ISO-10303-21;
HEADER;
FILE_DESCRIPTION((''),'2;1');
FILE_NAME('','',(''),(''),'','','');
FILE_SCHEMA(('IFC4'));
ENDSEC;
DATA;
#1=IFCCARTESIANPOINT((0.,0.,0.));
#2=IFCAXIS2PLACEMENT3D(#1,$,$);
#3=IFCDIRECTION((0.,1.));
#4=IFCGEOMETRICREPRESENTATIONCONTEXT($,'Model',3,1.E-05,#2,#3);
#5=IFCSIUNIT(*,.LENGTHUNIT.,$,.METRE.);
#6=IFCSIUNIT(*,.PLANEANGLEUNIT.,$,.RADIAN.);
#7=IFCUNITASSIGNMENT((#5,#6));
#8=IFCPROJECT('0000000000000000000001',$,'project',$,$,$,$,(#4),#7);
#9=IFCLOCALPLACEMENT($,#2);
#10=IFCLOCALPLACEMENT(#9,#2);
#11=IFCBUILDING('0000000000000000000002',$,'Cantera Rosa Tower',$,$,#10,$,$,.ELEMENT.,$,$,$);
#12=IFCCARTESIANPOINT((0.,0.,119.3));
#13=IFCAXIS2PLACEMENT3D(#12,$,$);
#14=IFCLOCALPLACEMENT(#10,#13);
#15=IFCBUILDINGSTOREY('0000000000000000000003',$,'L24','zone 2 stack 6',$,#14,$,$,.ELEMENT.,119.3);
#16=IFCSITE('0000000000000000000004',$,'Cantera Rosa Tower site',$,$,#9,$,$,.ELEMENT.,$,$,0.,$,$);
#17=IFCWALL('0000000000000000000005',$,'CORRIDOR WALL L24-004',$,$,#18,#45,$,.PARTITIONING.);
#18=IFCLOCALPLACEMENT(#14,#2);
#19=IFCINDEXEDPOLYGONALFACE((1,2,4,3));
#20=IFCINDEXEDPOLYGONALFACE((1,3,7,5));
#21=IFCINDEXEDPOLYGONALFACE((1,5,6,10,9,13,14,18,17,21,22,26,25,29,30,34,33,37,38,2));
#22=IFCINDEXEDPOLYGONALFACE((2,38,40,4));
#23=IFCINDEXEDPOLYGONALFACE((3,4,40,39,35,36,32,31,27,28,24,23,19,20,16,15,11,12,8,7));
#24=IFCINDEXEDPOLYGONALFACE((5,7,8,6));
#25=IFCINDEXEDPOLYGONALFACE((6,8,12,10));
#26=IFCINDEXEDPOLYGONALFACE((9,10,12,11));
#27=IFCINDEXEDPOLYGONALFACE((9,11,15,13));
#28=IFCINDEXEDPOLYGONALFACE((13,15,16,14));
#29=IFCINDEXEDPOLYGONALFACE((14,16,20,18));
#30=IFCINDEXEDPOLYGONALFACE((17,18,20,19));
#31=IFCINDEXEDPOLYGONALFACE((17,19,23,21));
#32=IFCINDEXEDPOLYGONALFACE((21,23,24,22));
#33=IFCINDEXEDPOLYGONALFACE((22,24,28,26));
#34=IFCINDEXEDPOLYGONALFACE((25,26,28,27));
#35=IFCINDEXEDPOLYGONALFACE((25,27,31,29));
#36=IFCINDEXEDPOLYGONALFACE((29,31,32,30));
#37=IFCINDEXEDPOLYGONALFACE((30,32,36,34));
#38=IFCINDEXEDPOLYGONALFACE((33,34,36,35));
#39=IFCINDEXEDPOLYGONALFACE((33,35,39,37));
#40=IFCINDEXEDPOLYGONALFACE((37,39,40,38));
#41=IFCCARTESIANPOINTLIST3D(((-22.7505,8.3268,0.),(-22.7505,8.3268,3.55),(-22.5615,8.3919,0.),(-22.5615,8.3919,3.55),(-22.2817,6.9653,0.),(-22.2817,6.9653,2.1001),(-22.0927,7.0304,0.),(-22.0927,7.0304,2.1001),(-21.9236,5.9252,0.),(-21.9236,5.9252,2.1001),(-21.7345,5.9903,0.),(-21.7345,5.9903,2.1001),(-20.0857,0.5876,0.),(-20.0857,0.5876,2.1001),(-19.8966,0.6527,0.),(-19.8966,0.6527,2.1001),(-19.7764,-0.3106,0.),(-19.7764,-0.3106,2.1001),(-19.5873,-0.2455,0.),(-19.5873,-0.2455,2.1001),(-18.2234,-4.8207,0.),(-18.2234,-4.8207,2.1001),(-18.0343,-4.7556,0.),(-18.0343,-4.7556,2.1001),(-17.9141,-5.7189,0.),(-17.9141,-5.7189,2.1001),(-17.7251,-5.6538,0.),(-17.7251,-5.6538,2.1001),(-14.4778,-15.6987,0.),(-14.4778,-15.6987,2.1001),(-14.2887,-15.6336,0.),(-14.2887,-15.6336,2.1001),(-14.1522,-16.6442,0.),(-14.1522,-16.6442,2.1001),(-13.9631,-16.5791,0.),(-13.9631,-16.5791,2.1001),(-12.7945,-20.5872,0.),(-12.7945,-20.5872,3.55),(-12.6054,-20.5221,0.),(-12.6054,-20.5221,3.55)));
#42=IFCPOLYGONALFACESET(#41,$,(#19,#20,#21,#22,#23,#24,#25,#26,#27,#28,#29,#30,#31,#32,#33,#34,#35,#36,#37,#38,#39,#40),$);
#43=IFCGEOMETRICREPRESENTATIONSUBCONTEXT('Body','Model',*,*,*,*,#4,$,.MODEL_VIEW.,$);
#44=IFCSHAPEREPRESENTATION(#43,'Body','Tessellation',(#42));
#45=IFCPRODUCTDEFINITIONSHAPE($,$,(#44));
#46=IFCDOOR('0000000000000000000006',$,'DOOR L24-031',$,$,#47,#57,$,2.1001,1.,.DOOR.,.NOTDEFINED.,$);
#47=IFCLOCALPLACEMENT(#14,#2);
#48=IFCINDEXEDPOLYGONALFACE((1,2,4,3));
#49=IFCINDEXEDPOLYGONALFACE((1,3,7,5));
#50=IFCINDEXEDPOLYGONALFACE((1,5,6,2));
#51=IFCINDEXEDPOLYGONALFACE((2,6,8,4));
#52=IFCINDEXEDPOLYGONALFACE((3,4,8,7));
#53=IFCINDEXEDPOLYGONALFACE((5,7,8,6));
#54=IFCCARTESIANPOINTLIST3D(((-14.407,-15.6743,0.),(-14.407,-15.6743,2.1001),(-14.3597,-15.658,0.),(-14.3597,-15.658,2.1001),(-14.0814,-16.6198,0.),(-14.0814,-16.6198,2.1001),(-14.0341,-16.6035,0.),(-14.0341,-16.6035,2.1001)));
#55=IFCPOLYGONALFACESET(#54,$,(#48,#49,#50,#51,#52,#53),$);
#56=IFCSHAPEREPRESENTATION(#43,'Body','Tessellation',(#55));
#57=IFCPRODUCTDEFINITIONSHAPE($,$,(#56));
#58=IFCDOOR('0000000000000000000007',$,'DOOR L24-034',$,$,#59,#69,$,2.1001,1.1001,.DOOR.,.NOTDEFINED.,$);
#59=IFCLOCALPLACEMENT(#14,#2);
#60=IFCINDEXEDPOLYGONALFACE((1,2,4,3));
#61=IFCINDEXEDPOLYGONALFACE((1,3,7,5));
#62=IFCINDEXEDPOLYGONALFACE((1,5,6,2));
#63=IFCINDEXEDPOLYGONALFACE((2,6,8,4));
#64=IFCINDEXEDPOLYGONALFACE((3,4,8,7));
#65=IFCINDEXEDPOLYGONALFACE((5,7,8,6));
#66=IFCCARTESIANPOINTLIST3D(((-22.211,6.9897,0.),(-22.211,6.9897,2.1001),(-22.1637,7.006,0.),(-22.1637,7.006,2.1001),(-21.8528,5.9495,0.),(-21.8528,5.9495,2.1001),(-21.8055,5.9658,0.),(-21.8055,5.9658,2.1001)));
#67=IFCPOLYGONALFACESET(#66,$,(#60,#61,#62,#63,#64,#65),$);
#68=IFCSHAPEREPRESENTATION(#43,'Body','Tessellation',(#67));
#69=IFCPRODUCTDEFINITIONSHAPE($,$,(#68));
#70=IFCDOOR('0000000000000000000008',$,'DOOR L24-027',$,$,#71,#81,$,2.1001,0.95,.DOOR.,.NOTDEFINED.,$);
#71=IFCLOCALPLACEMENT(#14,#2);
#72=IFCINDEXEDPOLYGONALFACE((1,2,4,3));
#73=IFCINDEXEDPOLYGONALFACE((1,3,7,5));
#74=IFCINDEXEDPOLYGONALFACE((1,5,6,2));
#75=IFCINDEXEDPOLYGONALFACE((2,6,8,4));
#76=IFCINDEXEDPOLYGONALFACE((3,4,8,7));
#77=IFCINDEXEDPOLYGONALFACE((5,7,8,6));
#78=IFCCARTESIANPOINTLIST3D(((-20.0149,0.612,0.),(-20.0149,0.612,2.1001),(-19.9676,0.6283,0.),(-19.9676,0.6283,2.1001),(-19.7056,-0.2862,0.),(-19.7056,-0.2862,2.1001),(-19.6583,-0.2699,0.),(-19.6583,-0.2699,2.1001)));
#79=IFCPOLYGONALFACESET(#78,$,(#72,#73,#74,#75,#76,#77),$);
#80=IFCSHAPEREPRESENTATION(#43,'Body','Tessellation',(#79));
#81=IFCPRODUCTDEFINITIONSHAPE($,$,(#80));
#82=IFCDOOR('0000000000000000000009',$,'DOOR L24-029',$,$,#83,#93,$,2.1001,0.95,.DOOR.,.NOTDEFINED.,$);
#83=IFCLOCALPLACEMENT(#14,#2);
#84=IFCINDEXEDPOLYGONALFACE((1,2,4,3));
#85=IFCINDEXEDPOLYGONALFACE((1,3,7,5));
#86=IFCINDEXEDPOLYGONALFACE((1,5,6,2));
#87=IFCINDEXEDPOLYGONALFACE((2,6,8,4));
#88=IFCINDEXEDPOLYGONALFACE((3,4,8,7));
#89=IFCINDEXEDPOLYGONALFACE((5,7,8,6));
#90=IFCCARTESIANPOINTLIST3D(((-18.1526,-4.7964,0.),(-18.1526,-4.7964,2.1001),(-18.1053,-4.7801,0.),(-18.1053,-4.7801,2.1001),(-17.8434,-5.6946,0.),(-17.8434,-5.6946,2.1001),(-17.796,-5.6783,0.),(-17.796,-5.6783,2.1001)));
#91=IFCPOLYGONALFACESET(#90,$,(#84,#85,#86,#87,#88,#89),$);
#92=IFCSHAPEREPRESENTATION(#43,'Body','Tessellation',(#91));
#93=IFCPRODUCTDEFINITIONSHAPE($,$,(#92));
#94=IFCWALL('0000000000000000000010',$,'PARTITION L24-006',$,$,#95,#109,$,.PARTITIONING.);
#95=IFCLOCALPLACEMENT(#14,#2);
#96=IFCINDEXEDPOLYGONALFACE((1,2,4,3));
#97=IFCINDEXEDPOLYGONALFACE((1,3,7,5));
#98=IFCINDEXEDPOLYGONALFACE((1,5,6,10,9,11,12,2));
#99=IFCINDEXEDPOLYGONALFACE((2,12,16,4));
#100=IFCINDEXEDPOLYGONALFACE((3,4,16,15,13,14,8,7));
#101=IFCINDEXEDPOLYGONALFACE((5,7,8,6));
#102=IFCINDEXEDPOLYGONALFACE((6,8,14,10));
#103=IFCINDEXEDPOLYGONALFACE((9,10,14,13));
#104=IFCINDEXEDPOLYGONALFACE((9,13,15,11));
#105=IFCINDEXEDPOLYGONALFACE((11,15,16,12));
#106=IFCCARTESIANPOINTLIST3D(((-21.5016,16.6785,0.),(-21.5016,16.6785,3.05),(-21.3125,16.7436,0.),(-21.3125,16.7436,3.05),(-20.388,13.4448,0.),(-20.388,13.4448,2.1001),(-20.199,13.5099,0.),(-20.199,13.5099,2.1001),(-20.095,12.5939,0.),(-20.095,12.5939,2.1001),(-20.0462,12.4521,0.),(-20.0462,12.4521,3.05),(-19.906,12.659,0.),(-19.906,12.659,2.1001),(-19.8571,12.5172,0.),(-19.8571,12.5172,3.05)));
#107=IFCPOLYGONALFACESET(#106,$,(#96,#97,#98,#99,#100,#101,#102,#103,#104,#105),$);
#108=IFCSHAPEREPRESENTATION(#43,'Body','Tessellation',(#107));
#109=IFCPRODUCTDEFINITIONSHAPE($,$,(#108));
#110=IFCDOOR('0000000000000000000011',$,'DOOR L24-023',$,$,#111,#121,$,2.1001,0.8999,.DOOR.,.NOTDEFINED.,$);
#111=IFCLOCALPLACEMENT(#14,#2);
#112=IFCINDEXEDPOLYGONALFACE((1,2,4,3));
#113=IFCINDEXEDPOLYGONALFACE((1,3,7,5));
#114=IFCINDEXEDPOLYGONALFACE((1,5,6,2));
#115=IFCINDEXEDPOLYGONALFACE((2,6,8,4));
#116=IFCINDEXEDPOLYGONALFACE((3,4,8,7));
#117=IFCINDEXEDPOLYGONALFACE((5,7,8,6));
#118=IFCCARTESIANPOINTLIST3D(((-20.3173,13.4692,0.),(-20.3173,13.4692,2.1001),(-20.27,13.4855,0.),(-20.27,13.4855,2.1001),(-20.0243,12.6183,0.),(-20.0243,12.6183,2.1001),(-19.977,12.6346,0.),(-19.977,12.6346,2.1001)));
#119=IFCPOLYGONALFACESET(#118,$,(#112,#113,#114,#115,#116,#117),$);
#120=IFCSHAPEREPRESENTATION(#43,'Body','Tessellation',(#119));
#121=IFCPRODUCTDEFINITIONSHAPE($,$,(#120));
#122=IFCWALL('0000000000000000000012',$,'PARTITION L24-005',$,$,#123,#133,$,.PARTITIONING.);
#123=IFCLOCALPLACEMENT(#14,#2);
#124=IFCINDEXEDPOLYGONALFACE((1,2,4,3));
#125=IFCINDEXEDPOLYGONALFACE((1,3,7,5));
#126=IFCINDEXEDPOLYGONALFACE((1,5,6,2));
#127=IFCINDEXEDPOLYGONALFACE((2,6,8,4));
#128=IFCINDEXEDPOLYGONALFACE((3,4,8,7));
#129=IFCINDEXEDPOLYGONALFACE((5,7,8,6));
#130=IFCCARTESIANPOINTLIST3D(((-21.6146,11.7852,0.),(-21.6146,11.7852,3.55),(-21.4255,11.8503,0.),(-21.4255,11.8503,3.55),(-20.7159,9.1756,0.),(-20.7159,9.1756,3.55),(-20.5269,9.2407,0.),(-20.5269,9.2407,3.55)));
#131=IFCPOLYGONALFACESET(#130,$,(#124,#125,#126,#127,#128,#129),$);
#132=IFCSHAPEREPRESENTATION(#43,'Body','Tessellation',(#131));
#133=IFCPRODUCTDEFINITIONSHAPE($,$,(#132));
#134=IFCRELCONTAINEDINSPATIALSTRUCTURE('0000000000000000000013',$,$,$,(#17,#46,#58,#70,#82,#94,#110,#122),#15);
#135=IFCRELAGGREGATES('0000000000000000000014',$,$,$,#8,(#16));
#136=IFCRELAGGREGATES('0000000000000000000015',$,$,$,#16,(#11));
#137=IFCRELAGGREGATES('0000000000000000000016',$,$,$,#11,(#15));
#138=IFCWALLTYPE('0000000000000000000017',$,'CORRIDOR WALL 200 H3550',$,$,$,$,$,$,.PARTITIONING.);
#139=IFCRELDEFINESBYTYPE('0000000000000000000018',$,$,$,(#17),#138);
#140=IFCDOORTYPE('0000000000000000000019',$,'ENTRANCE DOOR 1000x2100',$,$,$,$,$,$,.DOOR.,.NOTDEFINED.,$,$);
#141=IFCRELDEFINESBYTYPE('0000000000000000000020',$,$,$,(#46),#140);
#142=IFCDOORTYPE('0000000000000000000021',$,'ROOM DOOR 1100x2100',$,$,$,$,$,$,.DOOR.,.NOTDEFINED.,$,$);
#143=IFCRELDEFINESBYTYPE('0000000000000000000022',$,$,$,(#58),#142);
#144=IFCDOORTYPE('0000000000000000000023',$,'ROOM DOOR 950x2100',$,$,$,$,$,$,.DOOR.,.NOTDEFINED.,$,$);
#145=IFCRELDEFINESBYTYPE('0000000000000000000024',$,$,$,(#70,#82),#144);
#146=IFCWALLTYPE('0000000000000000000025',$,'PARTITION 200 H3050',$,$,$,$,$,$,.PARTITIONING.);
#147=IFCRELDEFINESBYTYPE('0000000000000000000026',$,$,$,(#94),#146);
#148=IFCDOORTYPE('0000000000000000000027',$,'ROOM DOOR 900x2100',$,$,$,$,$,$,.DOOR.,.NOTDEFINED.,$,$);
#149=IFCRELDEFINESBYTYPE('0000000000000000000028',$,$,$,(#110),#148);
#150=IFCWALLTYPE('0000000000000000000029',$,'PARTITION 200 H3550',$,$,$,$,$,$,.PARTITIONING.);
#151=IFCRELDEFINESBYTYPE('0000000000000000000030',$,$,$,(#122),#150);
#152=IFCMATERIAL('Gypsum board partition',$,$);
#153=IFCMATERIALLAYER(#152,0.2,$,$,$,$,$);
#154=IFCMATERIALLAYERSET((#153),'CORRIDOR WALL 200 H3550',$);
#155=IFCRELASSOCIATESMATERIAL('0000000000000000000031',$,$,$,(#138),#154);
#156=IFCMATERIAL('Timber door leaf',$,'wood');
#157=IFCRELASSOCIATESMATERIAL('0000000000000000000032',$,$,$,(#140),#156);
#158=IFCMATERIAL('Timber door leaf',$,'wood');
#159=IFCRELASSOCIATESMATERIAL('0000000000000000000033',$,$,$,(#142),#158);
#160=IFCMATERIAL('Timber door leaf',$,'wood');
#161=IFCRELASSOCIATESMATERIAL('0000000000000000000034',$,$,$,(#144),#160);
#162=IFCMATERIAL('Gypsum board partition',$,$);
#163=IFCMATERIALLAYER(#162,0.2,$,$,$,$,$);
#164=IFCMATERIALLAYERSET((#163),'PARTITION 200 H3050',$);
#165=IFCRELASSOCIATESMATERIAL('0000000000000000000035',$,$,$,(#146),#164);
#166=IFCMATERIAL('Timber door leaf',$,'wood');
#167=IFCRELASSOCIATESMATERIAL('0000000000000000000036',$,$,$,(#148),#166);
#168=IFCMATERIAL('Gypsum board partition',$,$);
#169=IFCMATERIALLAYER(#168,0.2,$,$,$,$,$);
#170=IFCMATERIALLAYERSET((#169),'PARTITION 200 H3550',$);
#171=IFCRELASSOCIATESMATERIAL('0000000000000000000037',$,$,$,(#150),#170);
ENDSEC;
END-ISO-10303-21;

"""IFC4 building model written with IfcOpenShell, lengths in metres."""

from ifc_helpers import new_model, si_unit, direction, frame, frame_2d, origin, place, context, subcontext, project, spatial, rectangle, extrude, material, layer, layer_set, type_object, element, fill, save


model = new_model("IFC4")

# Units and contexts
model_context = context("Model", 3, precision=1e-05, world=origin(), true_north=direction((0.0, 1.0)))
body_context = subcontext(model_context, "Body", "Model", "MODEL_VIEW")
ifc_project = project(units=[si_unit("LENGTHUNIT", "METRE"), si_unit("PLANEANGLEUNIT", "RADIAN")], contexts=[model_context])

# Site, building, storey
site_placement = place(None, origin())
site = spatial("IfcSite", under=ifc_project, at=site_placement, Name="Cantera Rosa Tower site", CompositionType="ELEMENT", RefElevation=0.0)
building_placement = place(site_placement, origin())
building = spatial("IfcBuilding", under=site, at=building_placement, Name="Cantera Rosa Tower", CompositionType="ELEMENT")
storey_placement = place(building_placement, frame((0.0, 0.0, 119.3)))
storey = spatial("IfcBuildingStorey", under=building, at=storey_placement, Name="L24", Description="zone 2 stack 6", CompositionType="ELEMENT", Elevation=119.3)

# Wall, openings, doors
ifc_material_1 = material(Name="Gypsum board partition")
ifc_layer_1 = layer(ifc_material_1, 0.2)
ifc_layer_set_1 = layer_set([ifc_layer_1], Name="CORRIDOR WALL 200 H3550")
wall_type_1 = type_object("IfcWallType", Name="CORRIDOR WALL 200 H3550", PredefinedType="PARTITIONING", material=ifc_layer_set_1)
wall_1_placement = place(storey_placement, frame((-22.656, 8.3594, 0.0), z_axis=(0.0, 0.0, 1.0), x_axis=(0.325572, -0.945517, 0.0)))
wall_1 = element("IfcWall", 1, at=wall_1_placement, inside=storey, type_object=wall_type_1, Name="CORRIDOR WALL L24-004", PredefinedType="PARTITIONING", context=body_context, shape_type="SweptSolid", body=[
    extrude(rectangle(XDim=30.5801, YDim=0.2, at=frame_2d((15.29, 0.0))), origin(), (0.0, 0.0, 1.0), 3.55),
])
opening_1_placement = place(wall_1_placement, frame((8.1851, 0.0, 0.0)))
opening_1 = element("IfcOpeningElement", 2, at=opening_1_placement, cuts=wall_1, PredefinedType="OPENING", context=body_context, shape_type="SweptSolid", body=[
    extrude(rectangle(XDim=0.95, YDim=2.1001, at=frame_2d((0.4751, 1.05))), frame((0.0, 0.1099, 0.0), z_axis=(0.0, -1.0, 0.0), x_axis=(1.0, 0.0, 0.0)), (0.0, 0.0, 1.0), 0.22),
])
opening_2_placement = place(wall_1_placement, frame((13.905, 0.0, 0.0)))
opening_2 = element("IfcOpeningElement", 3, at=opening_2_placement, cuts=wall_1, PredefinedType="OPENING", context=body_context, shape_type="SweptSolid", body=[
    extrude(rectangle(XDim=0.95, YDim=2.1001, at=frame_2d((0.4751, 1.05))), frame((0.0, 0.1099, 0.0), z_axis=(0.0, -1.0, 0.0), x_axis=(1.0, 0.0, 0.0)), (0.0, 0.0, 1.0), 0.22),
])
opening_3_placement = place(wall_1_placement, frame((25.4099, 0.0, 0.0)))
opening_3 = element("IfcOpeningElement", 4, at=opening_3_placement, cuts=wall_1, PredefinedType="OPENING", context=body_context, shape_type="SweptSolid", body=[
    extrude(rectangle(XDim=1.0, YDim=2.1001, at=frame_2d((0.5, 1.05))), frame((0.0, 0.1099, 0.0), z_axis=(0.0, -1.0, 0.0), x_axis=(1.0, 0.0, 0.0)), (0.0, 0.0, 1.0), 0.22),
])
opening_4_placement = place(wall_1_placement, frame((1.4399, 0.0, 0.0)))
opening_4 = element("IfcOpeningElement", 5, at=opening_4_placement, cuts=wall_1, PredefinedType="OPENING", context=body_context, shape_type="SweptSolid", body=[
    extrude(rectangle(XDim=1.1001, YDim=2.1001, at=frame_2d((0.55, 1.05))), frame((0.0, 0.1099, 0.0), z_axis=(0.0, -1.0, 0.0), x_axis=(1.0, 0.0, 0.0)), (0.0, 0.0, 1.0), 0.22),
])
ifc_material_2 = material(Name="Timber door leaf", Category="wood")
door_type_1 = type_object("IfcDoorType", Name="ENTRANCE DOOR 1000x2100", OperationType="NOTDEFINED", PredefinedType="DOOR", material=ifc_material_2)
door_1_placement = place(opening_3_placement, origin())
door_1 = element("IfcDoor", 6, at=door_1_placement, inside=storey, type_object=door_type_1, Name="DOOR L24-031", OperationType="NOTDEFINED", OverallHeight=2.1001, OverallWidth=1.0, PredefinedType="DOOR", context=body_context, shape_type="SweptSolid", body=[
    extrude(rectangle(XDim=1.0, YDim=2.1001, at=frame_2d((0.5, 1.05))), frame((0.0, 0.0249, 0.0), z_axis=(0.0, -1.0, 0.0), x_axis=(1.0, 0.0, 0.0)), (0.0, 0.0, 1.0), 0.05),
])
fill(opening_3, door_1)
ifc_material_3 = material(Name="Timber door leaf", Category="wood")
door_type_2 = type_object("IfcDoorType", Name="ROOM DOOR 1100x2100", OperationType="NOTDEFINED", PredefinedType="DOOR", material=ifc_material_3)
door_2_placement = place(opening_4_placement, origin())
door_2 = element("IfcDoor", 7, at=door_2_placement, inside=storey, type_object=door_type_2, Name="DOOR L24-034", OperationType="NOTDEFINED", OverallHeight=2.1001, OverallWidth=1.1001, PredefinedType="DOOR", context=body_context, shape_type="SweptSolid", body=[
    extrude(rectangle(XDim=1.1001, YDim=2.1001, at=frame_2d((0.55, 1.05))), frame((0.0, 0.0249, 0.0), z_axis=(0.0, -1.0, 0.0), x_axis=(1.0, 0.0, 0.0)), (0.0, 0.0, 1.0), 0.05),
])
fill(opening_4, door_2)
ifc_material_4 = material(Name="Timber door leaf", Category="wood")
door_type_3 = type_object("IfcDoorType", Name="ROOM DOOR 950x2100", OperationType="NOTDEFINED", PredefinedType="DOOR", material=ifc_material_4)
door_3_placement = place(opening_1_placement, origin())
door_3 = element("IfcDoor", 8, at=door_3_placement, inside=storey, type_object=door_type_3, Name="DOOR L24-027", OperationType="NOTDEFINED", OverallHeight=2.1001, OverallWidth=0.95, PredefinedType="DOOR", context=body_context, shape_type="SweptSolid", body=[
    extrude(rectangle(XDim=0.95, YDim=2.1001, at=frame_2d((0.4751, 1.05))), frame((0.0, 0.0249, 0.0), z_axis=(0.0, -1.0, 0.0), x_axis=(1.0, 0.0, 0.0)), (0.0, 0.0, 1.0), 0.05),
])
fill(opening_1, door_3)
door_4_placement = place(opening_2_placement, origin())
door_4 = element("IfcDoor", 9, at=door_4_placement, inside=storey, type_object=door_type_3, Name="DOOR L24-029", OperationType="NOTDEFINED", OverallHeight=2.1001, OverallWidth=0.95, PredefinedType="DOOR", context=body_context, shape_type="SweptSolid", body=[
    extrude(rectangle(XDim=0.95, YDim=2.1001, at=frame_2d((0.4751, 1.05))), frame((0.0, 0.0249, 0.0), z_axis=(0.0, -1.0, 0.0), x_axis=(1.0, 0.0, 0.0)), (0.0, 0.0, 1.0), 0.05),
])
fill(opening_2, door_4)

# Wall, opening, door
ifc_material_5 = material(Name="Gypsum board partition")
ifc_layer_2 = layer(ifc_material_5, 0.2)
ifc_layer_set_2 = layer_set([ifc_layer_2], Name="PARTITION 200 H3050")
wall_type_2 = type_object("IfcWallType", Name="PARTITION 200 H3050", PredefinedType="PARTITIONING", material=ifc_layer_set_2)
wall_2_placement = place(storey_placement, frame((-21.407, 16.7109, 0.0), z_axis=(0.0, 0.0, 1.0), x_axis=(0.325585, -0.945513, 0.0)))
wall_2 = element("IfcWall", 10, at=wall_2_placement, inside=storey, type_object=wall_type_2, Name="PARTITION L24-006", PredefinedType="PARTITIONING", context=body_context, shape_type="SweptSolid", body=[
    extrude(rectangle(XDim=4.47, YDim=0.2, at=frame_2d((2.2349, 0.0))), origin(), (0.0, 0.0, 1.0), 3.05),
])
opening_5_placement = place(wall_2_placement, frame((3.4199, 0.0, 0.0)))
opening_5 = element("IfcOpeningElement", 11, at=opening_5_placement, cuts=wall_2, PredefinedType="OPENING", context=body_context, shape_type="SweptSolid", body=[
    extrude(rectangle(XDim=0.8999, YDim=2.1001, at=frame_2d((0.45, 1.05))), frame((0.0, 0.1099, 0.0), z_axis=(0.0, -1.0, 0.0), x_axis=(1.0, 0.0, 0.0)), (0.0, 0.0, 1.0), 0.22),
])
ifc_material_6 = material(Name="Timber door leaf", Category="wood")
door_type_4 = type_object("IfcDoorType", Name="ROOM DOOR 900x2100", OperationType="NOTDEFINED", PredefinedType="DOOR", material=ifc_material_6)
door_5_placement = place(opening_5_placement, origin())
door_5 = element("IfcDoor", 12, at=door_5_placement, inside=storey, type_object=door_type_4, Name="DOOR L24-023", OperationType="NOTDEFINED", OverallHeight=2.1001, OverallWidth=0.8999, PredefinedType="DOOR", context=body_context, shape_type="SweptSolid", body=[
    extrude(rectangle(XDim=0.8999, YDim=2.1001, at=frame_2d((0.45, 1.05))), frame((0.0, 0.0249, 0.0), z_axis=(0.0, -1.0, 0.0), x_axis=(1.0, 0.0, 0.0)), (0.0, 0.0, 1.0), 0.05),
])
fill(opening_5, door_5)

# Wall
ifc_material_7 = material(Name="Gypsum board partition")
ifc_layer_3 = layer(ifc_material_7, 0.2)
ifc_layer_set_3 = layer_set([ifc_layer_3], Name="PARTITION 200 H3550")
wall_type_3 = type_object("IfcWallType", Name="PARTITION 200 H3550", PredefinedType="PARTITIONING", material=ifc_layer_set_3)
wall_3_placement = place(storey_placement, frame((-21.52, 11.8176, 0.0), z_axis=(0.0, 0.0, 1.0), x_axis=(0.325606, -0.945505, 0.0)))
element("IfcWall", 13, at=wall_3_placement, inside=storey, type_object=wall_type_3, Name="PARTITION L24-005", PredefinedType="PARTITIONING", context=body_context, shape_type="SweptSolid", body=[
    extrude(rectangle(XDim=2.76, YDim=0.2, at=frame_2d((1.3799, 0.0))), origin(), (0.0, 0.0, 1.0), 3.55),
])

save(model, "model.ifc")
